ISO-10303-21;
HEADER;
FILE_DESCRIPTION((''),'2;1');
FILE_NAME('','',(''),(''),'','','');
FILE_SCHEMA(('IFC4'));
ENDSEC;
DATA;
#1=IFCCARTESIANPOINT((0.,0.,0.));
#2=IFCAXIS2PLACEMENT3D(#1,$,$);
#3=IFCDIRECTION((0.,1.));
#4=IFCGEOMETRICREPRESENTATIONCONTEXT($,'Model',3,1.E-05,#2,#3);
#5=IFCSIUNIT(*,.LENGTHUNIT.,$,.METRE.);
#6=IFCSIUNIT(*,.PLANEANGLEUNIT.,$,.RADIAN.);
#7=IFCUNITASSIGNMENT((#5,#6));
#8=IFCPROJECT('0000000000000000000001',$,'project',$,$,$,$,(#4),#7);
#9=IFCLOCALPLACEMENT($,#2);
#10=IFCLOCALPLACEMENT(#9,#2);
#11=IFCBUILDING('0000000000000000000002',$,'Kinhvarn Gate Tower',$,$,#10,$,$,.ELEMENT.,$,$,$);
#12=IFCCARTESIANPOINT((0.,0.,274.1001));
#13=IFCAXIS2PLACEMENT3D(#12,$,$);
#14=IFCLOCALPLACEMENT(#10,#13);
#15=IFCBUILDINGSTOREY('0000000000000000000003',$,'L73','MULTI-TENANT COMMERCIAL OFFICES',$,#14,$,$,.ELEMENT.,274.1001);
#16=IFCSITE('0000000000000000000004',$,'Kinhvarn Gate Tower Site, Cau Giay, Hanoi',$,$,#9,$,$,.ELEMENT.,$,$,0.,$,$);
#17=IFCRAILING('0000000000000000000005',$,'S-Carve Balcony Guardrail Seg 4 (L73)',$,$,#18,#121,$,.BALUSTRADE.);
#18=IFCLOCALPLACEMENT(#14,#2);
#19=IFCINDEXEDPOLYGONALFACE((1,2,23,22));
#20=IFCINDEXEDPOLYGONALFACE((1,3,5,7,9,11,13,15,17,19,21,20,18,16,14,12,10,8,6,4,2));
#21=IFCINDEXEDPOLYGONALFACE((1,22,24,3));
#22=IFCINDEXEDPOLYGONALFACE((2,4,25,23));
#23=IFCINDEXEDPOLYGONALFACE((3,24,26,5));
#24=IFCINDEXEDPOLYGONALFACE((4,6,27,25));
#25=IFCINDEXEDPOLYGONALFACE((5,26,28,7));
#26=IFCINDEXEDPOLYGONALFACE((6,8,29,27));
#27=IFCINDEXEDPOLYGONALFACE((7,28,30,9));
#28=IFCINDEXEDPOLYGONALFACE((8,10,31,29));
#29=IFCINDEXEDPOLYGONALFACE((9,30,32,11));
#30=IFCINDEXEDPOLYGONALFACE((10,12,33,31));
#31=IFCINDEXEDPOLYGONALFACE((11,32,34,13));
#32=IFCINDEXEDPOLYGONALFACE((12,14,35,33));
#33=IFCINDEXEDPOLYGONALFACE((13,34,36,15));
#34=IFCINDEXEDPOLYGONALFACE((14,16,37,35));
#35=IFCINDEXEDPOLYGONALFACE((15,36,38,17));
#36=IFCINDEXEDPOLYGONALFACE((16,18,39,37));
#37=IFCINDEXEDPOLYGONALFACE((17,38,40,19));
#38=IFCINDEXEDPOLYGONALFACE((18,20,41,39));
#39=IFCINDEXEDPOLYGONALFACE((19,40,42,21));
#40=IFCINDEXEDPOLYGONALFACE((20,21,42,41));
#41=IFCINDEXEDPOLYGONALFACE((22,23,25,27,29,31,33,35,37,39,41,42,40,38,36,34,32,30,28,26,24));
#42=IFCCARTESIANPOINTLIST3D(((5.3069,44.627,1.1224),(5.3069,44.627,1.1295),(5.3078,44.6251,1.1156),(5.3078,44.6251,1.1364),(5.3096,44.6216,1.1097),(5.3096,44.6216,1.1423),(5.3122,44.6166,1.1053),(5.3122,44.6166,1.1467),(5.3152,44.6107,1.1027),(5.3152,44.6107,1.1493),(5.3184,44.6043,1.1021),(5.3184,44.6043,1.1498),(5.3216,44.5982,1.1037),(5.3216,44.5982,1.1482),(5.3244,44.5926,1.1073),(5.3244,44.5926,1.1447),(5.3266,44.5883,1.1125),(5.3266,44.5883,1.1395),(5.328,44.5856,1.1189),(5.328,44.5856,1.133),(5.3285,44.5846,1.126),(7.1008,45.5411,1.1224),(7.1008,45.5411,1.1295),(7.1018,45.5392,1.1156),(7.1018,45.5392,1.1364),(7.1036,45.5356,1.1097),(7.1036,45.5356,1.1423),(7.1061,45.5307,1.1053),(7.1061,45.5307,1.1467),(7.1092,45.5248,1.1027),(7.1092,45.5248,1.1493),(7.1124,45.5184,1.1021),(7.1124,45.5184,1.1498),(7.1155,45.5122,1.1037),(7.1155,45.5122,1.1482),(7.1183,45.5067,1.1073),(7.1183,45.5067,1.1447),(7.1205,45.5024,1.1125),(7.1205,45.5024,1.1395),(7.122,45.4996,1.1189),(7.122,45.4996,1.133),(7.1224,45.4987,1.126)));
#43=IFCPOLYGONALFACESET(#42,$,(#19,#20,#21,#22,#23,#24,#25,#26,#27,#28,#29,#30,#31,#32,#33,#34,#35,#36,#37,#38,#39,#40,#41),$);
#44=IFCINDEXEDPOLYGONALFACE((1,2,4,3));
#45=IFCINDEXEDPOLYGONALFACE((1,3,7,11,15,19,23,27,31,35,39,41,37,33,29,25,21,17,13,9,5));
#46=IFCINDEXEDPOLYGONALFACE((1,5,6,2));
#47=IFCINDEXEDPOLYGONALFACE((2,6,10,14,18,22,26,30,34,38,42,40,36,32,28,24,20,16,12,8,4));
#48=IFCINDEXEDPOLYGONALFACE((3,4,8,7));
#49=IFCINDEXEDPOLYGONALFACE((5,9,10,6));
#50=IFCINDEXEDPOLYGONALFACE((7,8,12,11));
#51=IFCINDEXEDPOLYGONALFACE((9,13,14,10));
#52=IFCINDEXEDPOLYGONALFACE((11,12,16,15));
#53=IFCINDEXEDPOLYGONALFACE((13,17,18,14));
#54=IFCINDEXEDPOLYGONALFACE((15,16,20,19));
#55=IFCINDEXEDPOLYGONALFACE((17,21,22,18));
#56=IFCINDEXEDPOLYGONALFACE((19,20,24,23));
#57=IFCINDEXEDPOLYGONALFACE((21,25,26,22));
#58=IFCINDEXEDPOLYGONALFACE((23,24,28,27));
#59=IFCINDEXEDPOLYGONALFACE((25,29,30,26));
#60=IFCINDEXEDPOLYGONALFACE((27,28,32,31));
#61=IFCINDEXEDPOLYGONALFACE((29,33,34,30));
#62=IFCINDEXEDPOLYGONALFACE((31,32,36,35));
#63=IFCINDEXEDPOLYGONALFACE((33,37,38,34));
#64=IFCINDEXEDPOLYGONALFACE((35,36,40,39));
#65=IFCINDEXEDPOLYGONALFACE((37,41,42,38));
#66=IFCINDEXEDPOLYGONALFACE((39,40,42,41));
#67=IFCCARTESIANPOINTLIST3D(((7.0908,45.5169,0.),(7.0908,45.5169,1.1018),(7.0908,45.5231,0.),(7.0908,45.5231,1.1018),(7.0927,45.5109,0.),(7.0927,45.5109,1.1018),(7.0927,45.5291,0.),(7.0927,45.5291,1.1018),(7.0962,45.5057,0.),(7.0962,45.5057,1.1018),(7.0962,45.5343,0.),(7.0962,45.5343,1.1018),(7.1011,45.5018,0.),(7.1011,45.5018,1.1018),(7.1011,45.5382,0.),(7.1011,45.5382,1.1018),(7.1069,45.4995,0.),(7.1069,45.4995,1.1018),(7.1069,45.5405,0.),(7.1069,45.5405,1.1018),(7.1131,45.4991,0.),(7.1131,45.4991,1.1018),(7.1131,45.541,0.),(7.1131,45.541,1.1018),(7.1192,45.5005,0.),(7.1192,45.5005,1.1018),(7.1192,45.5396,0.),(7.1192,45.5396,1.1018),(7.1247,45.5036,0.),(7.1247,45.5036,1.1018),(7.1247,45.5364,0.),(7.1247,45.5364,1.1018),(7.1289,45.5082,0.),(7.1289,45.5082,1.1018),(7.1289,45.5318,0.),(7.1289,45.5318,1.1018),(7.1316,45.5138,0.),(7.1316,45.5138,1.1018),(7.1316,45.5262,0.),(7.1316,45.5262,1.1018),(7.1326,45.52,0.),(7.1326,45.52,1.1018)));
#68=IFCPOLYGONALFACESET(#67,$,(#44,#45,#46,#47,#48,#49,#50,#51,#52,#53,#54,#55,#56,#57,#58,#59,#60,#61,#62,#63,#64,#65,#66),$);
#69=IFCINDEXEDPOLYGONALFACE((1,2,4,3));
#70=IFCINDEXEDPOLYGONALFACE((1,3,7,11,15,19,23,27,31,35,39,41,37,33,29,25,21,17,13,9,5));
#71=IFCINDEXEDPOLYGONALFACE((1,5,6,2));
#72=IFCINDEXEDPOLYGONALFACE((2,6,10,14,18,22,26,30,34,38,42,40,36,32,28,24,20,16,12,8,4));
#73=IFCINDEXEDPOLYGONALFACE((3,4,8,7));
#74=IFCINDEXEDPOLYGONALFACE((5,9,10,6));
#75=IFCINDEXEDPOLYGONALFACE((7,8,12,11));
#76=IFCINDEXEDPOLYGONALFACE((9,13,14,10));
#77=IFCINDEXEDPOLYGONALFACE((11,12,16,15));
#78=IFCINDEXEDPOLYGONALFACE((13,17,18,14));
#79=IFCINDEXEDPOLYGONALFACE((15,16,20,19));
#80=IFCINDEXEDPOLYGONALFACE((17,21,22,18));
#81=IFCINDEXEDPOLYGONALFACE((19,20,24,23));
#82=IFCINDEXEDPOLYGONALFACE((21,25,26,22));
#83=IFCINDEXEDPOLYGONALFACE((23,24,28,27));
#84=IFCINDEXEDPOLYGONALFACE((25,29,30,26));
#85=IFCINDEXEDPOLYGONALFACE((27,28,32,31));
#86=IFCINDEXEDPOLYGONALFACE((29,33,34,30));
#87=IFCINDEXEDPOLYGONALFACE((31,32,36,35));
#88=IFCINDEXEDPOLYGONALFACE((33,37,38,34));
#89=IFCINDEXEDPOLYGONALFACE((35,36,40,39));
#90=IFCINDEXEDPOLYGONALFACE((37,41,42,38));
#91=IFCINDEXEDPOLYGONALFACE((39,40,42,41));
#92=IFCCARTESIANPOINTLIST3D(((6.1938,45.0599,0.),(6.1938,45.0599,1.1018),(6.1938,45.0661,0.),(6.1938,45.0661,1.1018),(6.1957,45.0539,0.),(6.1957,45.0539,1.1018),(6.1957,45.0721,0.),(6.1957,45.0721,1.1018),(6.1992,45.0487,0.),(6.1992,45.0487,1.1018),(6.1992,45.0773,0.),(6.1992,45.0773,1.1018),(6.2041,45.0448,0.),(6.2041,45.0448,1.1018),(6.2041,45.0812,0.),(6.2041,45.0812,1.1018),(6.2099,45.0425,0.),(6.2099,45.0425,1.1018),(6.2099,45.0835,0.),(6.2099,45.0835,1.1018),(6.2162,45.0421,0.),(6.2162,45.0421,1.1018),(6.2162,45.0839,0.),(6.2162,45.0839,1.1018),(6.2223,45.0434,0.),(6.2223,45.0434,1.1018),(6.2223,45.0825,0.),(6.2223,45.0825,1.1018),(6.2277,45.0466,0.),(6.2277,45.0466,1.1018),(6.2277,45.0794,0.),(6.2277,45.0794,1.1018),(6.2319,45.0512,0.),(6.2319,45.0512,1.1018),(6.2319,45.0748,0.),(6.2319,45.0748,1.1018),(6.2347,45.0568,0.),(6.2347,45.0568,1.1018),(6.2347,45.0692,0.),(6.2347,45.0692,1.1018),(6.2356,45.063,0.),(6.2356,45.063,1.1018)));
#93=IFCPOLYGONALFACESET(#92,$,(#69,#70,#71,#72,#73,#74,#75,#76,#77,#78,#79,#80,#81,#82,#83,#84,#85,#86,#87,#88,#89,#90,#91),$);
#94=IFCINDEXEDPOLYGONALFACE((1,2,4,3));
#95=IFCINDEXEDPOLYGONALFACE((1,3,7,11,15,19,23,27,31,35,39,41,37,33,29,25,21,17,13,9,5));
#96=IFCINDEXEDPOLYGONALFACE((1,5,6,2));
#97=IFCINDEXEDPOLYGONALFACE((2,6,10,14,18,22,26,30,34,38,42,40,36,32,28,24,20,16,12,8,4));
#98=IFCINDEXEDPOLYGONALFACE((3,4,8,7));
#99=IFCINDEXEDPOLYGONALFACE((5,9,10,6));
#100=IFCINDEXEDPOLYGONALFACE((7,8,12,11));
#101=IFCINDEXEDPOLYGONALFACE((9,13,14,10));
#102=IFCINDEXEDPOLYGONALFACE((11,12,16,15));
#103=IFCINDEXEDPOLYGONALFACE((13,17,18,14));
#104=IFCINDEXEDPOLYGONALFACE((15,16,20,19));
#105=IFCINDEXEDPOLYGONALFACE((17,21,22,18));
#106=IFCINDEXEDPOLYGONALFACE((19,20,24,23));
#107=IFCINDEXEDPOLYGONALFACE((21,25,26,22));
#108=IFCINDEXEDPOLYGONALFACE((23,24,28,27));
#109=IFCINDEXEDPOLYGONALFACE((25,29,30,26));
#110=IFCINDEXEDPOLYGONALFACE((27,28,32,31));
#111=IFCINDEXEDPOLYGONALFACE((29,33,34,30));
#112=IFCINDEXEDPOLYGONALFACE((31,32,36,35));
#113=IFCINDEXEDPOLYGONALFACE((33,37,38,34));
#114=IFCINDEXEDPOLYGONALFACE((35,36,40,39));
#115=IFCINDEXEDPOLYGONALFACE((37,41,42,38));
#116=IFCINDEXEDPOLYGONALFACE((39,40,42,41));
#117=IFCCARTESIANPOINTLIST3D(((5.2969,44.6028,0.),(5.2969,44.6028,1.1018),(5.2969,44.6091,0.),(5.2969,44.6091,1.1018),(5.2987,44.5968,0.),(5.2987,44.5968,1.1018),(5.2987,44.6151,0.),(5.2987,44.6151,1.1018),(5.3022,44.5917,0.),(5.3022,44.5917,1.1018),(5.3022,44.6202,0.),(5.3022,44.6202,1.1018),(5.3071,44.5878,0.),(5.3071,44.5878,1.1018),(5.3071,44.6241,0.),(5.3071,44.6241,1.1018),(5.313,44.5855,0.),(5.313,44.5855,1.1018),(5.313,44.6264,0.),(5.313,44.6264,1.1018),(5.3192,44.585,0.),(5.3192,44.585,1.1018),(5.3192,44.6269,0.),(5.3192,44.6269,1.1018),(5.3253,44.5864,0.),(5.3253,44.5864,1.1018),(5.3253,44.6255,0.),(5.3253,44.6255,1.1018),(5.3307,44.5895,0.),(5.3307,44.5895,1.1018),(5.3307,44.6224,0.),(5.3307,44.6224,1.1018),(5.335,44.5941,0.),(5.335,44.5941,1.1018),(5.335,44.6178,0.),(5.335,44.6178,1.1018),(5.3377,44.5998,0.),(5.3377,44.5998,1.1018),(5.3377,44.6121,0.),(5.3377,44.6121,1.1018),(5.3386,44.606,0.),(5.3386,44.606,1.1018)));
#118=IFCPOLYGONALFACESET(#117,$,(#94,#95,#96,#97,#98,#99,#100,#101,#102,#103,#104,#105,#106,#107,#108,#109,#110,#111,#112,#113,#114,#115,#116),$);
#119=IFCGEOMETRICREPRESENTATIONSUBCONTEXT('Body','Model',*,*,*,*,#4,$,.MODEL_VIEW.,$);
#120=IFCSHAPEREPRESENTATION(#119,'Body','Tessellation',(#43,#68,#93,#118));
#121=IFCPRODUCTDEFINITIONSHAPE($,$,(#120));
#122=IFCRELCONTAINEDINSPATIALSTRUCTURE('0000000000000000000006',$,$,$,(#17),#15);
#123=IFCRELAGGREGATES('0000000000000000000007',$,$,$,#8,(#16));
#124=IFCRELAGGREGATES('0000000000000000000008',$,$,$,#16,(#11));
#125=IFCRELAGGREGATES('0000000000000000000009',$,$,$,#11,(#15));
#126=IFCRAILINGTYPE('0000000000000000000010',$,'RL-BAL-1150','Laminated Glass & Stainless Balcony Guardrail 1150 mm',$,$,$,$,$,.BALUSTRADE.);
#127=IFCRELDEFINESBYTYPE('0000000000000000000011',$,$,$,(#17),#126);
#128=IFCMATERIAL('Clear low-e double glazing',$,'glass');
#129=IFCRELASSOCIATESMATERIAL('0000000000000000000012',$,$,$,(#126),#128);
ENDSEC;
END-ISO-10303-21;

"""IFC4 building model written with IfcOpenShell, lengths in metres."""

from ifc_helpers import new_model, si_unit, direction, frame, origin, origin_2d, place, context, subcontext, project, spatial, circle, extrude, material, type_object, element, save


model = new_model("IFC4")

# Units and contexts
model_context = context("Model", 3, precision=1e-05, world=origin(), true_north=direction((0.0, 1.0)))
body_context = subcontext(model_context, "Body", "Model", "MODEL_VIEW")
ifc_project = project(units=[si_unit("LENGTHUNIT", "METRE"), si_unit("PLANEANGLEUNIT", "RADIAN")], contexts=[model_context])

# Site, building, storey
site_placement = place(None, origin())
site = spatial("IfcSite", under=ifc_project, at=site_placement, Name="Kinhvarn Gate Tower Site, Cau Giay, Hanoi", CompositionType="ELEMENT", RefElevation=0.0)
building_placement = place(site_placement, origin())
building = spatial("IfcBuilding", under=site, at=building_placement, Name="Kinhvarn Gate Tower", CompositionType="ELEMENT")
storey_placement = place(building_placement, frame((0.0, 0.0, 274.1001)))
storey = spatial("IfcBuildingStorey", under=building, at=storey_placement, Name="L73", Description="MULTI-TENANT COMMERCIAL OFFICES", CompositionType="ELEMENT", Elevation=274.1001)

# Shared definitions
ifc_material_1 = material(Name="Clear low-e double glazing", Category="glass")

# Railing
railing_type = type_object("IfcRailingType", Name="RL-BAL-1150", Description="Laminated Glass & Stainless Balcony Guardrail 1150 mm", PredefinedType="BALUSTRADE", material=ifc_material_1)
railing_1_placement = place(storey_placement, frame((7.1116, 45.52, 0.0)))
element("IfcRailing", 1, at=railing_1_placement, inside=storey, type_object=railing_type, Name="S-Carve Balcony Guardrail Seg 4 (L73)", PredefinedType="BALUSTRADE", context=body_context, shape_type="SweptSolid", body=[
    extrude(circle(Radius=0.0239, at=origin_2d()), frame((0.0, 0.0, 1.126), z_axis=(-0.891006, -0.453991, 0.0), x_axis=(0.453991, -0.891006, 0.0)), (0.0, 0.0, 1.0), 2.0134),
    extrude(circle(Radius=0.021, at=origin_2d()), origin(), (0.0, 0.0, 1.0), 1.1018),
    extrude(circle(Radius=0.021, at=origin_2d()), frame((-0.897, -0.457, 0.0)), (0.0, 0.0, 1.0), 1.1018),
    extrude(circle(Radius=0.021, at=origin_2d()), frame((-1.7939, -0.9141, 0.0)), (0.0, 0.0, 1.0), 1.1018),
])

save(model, "model.ifc")
